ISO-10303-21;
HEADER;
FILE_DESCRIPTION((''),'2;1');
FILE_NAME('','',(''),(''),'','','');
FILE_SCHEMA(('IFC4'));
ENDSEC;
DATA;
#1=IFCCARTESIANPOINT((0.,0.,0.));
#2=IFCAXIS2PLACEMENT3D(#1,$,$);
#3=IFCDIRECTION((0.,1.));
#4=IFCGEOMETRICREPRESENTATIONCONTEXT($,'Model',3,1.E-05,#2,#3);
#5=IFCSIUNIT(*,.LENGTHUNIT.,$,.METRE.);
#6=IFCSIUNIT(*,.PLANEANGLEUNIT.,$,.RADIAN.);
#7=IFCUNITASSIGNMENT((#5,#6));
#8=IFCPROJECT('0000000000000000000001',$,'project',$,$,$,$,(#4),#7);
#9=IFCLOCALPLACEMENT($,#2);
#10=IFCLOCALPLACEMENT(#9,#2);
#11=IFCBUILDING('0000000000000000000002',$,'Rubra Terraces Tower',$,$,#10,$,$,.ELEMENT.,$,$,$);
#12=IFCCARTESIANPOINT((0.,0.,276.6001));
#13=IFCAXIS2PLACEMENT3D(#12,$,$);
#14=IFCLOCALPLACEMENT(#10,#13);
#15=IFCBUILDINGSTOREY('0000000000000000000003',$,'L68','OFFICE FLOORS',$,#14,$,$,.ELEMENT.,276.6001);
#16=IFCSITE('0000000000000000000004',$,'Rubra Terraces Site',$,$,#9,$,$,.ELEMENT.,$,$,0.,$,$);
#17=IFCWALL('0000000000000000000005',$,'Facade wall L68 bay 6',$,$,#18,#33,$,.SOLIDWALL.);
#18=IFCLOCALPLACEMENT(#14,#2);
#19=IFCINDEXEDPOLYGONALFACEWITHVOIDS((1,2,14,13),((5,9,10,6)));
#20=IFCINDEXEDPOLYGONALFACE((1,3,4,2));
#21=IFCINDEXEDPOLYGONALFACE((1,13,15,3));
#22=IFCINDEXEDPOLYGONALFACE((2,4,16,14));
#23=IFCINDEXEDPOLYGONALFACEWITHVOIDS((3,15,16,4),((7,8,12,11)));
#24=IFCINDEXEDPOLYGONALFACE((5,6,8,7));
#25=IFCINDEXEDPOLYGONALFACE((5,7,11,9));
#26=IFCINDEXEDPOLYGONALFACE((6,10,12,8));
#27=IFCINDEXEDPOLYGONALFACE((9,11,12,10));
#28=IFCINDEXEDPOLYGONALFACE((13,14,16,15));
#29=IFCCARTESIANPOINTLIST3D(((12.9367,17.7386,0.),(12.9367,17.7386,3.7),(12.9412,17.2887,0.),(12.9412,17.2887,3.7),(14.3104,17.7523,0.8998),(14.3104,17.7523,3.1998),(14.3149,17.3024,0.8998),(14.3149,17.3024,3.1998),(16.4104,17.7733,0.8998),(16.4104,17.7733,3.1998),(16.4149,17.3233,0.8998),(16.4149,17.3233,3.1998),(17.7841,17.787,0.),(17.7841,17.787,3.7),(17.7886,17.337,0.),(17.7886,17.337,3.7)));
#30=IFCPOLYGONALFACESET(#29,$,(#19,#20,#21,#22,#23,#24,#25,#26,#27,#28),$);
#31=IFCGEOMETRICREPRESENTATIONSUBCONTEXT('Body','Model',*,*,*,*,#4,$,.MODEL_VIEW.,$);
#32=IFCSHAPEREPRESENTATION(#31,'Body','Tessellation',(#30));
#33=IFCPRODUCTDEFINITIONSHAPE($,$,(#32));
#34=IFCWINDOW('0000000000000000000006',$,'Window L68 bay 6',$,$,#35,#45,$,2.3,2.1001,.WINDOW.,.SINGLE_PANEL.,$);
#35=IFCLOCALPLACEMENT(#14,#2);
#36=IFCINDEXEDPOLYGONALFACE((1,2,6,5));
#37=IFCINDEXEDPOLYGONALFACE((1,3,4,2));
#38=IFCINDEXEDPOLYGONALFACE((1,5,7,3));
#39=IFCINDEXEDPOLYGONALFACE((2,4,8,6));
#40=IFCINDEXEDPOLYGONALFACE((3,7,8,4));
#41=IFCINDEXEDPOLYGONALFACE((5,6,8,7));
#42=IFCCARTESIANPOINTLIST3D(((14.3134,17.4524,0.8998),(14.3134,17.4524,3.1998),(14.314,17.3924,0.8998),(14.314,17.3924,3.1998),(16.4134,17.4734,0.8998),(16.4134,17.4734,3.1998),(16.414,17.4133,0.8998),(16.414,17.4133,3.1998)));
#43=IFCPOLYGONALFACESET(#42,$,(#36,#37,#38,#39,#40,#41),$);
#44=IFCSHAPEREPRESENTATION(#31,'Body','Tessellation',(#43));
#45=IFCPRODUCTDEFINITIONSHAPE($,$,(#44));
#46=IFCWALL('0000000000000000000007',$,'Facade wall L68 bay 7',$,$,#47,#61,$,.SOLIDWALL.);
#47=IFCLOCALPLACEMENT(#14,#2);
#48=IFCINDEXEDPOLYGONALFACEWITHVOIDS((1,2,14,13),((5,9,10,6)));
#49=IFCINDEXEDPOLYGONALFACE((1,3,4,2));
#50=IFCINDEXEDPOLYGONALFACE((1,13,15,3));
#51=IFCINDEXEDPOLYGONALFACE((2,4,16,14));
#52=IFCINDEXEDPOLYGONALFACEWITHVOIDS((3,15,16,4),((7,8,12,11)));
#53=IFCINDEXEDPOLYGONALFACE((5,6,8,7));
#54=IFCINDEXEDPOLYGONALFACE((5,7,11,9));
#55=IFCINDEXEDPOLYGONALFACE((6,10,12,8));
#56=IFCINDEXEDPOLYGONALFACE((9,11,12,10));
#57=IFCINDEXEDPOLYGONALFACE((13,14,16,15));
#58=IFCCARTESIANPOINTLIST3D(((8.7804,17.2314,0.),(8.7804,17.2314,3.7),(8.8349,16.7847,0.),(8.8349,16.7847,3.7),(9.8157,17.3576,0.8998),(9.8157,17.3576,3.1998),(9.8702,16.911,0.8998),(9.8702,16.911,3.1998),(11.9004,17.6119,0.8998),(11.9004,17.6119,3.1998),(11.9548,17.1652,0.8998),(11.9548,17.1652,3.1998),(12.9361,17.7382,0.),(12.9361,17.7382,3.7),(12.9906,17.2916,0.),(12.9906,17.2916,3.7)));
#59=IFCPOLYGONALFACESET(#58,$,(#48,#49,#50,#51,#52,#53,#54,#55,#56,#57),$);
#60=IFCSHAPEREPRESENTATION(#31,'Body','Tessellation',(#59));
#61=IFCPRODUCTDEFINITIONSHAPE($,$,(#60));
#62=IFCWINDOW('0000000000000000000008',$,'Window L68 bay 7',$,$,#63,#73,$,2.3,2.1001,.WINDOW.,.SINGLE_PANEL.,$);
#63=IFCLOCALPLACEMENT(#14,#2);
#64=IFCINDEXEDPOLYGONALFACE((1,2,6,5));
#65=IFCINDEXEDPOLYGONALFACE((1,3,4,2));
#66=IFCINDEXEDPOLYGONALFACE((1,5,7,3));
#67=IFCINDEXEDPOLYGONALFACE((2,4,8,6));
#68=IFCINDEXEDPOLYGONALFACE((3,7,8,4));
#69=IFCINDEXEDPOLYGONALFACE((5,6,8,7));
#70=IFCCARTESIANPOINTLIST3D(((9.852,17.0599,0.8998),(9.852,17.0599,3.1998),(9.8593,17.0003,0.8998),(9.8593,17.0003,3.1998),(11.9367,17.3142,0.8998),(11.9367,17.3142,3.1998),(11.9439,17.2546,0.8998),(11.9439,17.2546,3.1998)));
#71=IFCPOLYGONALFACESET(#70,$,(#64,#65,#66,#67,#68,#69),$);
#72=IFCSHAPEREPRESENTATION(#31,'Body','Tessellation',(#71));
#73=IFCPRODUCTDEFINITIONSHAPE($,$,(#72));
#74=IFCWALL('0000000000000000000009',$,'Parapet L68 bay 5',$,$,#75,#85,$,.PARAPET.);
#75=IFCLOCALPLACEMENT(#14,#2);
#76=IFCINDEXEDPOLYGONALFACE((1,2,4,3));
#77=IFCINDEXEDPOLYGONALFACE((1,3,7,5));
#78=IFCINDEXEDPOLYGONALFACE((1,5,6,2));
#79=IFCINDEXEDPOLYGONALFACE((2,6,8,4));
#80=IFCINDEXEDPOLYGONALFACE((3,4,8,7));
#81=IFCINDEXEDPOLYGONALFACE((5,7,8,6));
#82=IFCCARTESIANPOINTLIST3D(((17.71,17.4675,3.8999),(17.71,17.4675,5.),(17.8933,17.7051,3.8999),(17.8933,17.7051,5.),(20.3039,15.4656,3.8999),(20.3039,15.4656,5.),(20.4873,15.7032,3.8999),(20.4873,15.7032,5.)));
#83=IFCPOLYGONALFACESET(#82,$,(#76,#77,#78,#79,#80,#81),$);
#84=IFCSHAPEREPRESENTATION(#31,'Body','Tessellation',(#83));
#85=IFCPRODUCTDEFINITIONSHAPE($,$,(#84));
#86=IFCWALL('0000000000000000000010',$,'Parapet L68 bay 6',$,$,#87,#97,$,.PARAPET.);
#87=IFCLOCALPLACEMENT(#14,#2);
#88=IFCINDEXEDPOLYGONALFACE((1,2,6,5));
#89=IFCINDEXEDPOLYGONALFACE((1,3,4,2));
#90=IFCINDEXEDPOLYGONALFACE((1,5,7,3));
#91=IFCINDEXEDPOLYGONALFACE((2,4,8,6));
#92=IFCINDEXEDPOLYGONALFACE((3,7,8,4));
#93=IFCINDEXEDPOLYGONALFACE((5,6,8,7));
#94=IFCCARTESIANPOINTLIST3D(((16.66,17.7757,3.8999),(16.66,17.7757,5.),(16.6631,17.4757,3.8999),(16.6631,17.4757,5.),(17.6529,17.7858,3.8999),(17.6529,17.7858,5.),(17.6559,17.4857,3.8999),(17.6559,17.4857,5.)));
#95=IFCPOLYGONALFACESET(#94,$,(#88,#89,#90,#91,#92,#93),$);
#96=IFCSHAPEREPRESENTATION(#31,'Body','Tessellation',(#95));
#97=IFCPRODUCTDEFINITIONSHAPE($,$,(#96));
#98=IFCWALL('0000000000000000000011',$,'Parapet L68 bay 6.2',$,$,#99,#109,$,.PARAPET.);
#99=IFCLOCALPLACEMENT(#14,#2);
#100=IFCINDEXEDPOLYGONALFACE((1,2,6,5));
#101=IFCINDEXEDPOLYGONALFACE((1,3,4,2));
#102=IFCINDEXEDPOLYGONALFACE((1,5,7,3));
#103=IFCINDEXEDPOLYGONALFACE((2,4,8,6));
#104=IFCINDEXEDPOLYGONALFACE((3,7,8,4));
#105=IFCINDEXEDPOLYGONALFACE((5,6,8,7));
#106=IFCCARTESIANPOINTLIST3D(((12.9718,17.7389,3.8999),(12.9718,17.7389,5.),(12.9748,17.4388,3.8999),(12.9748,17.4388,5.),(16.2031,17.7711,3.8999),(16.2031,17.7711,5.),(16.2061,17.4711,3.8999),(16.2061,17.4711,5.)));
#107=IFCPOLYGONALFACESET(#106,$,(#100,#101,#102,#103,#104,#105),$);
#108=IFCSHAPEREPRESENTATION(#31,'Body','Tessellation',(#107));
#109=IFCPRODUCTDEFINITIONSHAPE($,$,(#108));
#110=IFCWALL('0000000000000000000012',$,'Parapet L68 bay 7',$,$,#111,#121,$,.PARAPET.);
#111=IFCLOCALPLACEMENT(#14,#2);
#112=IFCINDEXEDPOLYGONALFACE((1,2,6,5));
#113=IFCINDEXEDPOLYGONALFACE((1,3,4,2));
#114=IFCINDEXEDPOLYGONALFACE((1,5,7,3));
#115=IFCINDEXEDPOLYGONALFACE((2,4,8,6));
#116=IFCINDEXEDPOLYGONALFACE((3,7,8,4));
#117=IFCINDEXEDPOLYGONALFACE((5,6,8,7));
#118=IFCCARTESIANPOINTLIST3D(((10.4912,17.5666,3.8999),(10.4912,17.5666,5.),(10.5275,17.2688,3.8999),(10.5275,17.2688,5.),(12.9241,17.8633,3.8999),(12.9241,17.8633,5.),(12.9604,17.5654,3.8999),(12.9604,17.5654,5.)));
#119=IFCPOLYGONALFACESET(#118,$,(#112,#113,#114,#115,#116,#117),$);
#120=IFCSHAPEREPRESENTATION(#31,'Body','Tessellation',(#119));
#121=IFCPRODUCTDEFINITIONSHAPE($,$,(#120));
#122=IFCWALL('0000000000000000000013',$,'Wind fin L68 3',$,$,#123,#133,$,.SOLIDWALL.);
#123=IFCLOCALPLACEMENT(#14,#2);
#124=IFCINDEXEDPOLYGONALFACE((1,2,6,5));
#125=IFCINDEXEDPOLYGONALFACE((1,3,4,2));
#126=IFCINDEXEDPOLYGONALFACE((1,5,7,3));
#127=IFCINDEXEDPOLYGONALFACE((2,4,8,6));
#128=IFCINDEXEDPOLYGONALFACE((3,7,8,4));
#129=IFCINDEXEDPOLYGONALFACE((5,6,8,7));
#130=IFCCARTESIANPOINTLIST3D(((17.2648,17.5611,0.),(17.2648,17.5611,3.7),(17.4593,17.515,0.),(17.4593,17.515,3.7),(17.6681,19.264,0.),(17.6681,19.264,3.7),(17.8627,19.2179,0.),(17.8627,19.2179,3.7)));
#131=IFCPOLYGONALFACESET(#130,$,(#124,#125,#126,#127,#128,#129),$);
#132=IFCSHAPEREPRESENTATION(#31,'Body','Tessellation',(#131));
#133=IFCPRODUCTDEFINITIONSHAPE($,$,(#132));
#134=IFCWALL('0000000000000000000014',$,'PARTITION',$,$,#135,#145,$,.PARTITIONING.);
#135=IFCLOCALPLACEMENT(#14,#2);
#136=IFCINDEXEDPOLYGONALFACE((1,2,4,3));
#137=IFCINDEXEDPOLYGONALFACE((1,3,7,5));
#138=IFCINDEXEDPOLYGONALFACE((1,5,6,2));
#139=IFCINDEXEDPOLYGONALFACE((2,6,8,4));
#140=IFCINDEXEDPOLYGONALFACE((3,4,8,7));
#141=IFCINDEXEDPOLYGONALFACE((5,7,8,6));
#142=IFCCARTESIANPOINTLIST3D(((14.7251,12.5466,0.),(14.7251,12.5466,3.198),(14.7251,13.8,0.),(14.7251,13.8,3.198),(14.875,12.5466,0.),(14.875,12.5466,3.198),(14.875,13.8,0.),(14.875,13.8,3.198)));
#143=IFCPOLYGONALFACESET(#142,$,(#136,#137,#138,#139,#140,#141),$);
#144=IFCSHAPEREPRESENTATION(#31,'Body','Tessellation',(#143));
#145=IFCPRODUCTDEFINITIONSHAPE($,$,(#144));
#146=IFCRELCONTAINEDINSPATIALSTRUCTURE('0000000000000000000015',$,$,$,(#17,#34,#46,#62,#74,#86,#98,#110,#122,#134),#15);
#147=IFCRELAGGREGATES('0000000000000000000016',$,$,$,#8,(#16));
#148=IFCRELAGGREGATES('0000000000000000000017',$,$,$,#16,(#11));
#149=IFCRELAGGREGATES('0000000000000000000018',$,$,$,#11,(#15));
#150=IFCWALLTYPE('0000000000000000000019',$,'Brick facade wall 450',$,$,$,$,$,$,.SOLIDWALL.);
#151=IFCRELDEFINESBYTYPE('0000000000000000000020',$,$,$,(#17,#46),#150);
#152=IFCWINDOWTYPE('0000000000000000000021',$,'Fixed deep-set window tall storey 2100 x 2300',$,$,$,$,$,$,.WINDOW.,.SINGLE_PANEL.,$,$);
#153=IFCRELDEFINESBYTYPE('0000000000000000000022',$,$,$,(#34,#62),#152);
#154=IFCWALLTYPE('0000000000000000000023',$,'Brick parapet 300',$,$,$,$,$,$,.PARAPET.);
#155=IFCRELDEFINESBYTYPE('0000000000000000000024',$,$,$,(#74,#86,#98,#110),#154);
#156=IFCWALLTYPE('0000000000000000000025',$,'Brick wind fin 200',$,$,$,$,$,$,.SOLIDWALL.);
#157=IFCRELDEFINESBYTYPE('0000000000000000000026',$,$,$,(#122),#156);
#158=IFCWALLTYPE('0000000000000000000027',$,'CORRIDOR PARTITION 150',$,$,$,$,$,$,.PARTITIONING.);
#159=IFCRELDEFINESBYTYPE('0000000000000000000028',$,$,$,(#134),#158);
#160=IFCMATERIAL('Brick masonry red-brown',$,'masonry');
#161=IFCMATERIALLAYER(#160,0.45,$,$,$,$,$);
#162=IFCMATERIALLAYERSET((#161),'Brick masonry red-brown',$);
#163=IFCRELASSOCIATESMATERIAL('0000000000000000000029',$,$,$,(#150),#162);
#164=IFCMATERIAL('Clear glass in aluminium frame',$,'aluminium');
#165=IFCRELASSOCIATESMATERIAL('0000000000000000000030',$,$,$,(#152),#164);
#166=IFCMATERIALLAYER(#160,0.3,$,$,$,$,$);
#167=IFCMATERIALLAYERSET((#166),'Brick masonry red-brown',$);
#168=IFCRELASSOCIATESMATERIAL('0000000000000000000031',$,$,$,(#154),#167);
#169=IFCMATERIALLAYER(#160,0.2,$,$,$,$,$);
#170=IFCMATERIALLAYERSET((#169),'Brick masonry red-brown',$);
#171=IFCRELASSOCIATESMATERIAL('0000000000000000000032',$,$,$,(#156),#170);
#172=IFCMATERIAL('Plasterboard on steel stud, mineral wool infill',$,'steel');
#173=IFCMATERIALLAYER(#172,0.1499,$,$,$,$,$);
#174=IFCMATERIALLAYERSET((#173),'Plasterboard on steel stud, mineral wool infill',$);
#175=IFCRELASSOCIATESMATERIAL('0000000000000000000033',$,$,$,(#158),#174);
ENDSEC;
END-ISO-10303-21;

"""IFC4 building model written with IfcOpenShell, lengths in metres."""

from ifc_helpers import new_model, si_unit, direction, frame, frame_2d, origin, place, context, subcontext, project, spatial, rectangle, extrude, material, layer, layer_set, type_object, element, fill, save


model = new_model("IFC4")

# Units and contexts
model_context = context("Model", 3, precision=1e-05, world=origin(), true_north=direction((0.0, 1.0)))
body_context = subcontext(model_context, "Body", "Model", "MODEL_VIEW")
ifc_project = project(units=[si_unit("LENGTHUNIT", "METRE"), si_unit("PLANEANGLEUNIT", "RADIAN")], contexts=[model_context])

# Site, building, storey
site_placement = place(None, origin())
site = spatial("IfcSite", under=ifc_project, at=site_placement, Name="Rubra Terraces Site", CompositionType="ELEMENT", RefElevation=0.0)
building_placement = place(site_placement, origin())
building = spatial("IfcBuilding", under=site, at=building_placement, Name="Rubra Terraces Tower", CompositionType="ELEMENT")
storey_placement = place(building_placement, frame((0.0, 0.0, 276.6001)))
storey = spatial("IfcBuildingStorey", under=building, at=storey_placement, Name="L68", Description="OFFICE FLOORS", CompositionType="ELEMENT", Elevation=276.6001)

# Walls, openings, windows
ifc_material_1 = material(Name="Brick masonry red-brown", Category="masonry")
ifc_layer_1 = layer(ifc_material_1, 0.45)
ifc_layer_set_1 = layer_set([ifc_layer_1], Name="Brick masonry red-brown")
wall_type_1 = type_object("IfcWallType", Name="Brick facade wall 450", PredefinedType="SOLIDWALL", material=ifc_layer_set_1)
ifc_material_2 = material(Name="Clear glass in aluminium frame", Category="aluminium")
window_type = type_object("IfcWindowType", Name="Fixed deep-set window tall storey 2100 x 2300", PartitioningType="SINGLE_PANEL", PredefinedType="WINDOW", material=ifc_material_2)
wall_1_placement = place(storey_placement, frame((17.7864, 17.562, 0.0), z_axis=(0.0, 0.0, 1.0), x_axis=(-0.99995, -0.009972, 0.0)))
wall_1 = element("IfcWall", 1, at=wall_1_placement, inside=storey, type_object=wall_type_1, Name="Facade wall L68 bay 6", PredefinedType="SOLIDWALL", context=body_context, shape_type="SweptSolid", body=[
    extrude(rectangle(XDim=4.8477, YDim=0.45, at=frame_2d((2.4238, 0.0))), origin(), (0.0, 0.0, 1.0), 3.7),
])
opening_1_placement = place(wall_1_placement, frame((1.3738, 0.0, 0.8999)))
opening_1 = element("IfcOpeningElement", 2, at=opening_1_placement, cuts=wall_1, PredefinedType="OPENING", context=body_context, shape_type="SweptSolid", body=[
    extrude(rectangle(XDim=2.1001, YDim=2.3, at=frame_2d((1.05, 1.1499))), frame((0.0, 0.2349, 0.0), z_axis=(0.0, -1.0, 0.0), x_axis=(1.0, 0.0, 0.0)), (0.0, 0.0, 1.0), 0.47),
])
window_1_placement = place(opening_1_placement, origin())
window_1 = element("IfcWindow", 3, at=window_1_placement, inside=storey, type_object=window_type, Name="Window L68 bay 6", OverallHeight=2.3, OverallWidth=2.1001, PartitioningType="SINGLE_PANEL", PredefinedType="WINDOW", context=body_context, shape_type="SweptSolid", body=[
    extrude(rectangle(XDim=2.1001, YDim=2.3, at=frame_2d((1.05, 1.1499))), frame((0.0, 0.135, 0.0), z_axis=(0.0, -1.0, 0.0), x_axis=(1.0, 0.0, 0.0)), (0.0, 0.0, 1.0), 0.0601),
])
fill(opening_1, window_1)
wall_2_placement = place(storey_placement, frame((12.9634, 17.5149, 0.0), z_axis=(0.0, 0.0, 1.0), x_axis=(-0.992645, -0.121063, 0.0)))
wall_2 = element("IfcWall", 4, at=wall_2_placement, inside=storey, type_object=wall_type_1, Name="Facade wall L68 bay 7", PredefinedType="SOLIDWALL", context=body_context, shape_type="SweptSolid", body=[
    extrude(rectangle(XDim=4.1865, YDim=0.45, at=frame_2d((2.0933, 0.0))), origin(), (0.0, 0.0, 1.0), 3.7),
])
opening_2_placement = place(wall_2_placement, frame((1.0435, 0.0, 0.8999)))
opening_2 = element("IfcOpeningElement", 5, at=opening_2_placement, cuts=wall_2, PredefinedType="OPENING", context=body_context, shape_type="SweptSolid", body=[
    extrude(rectangle(XDim=2.1001, YDim=2.3, at=frame_2d((1.05, 1.1499))), frame((0.0, 0.2349, 0.0), z_axis=(0.0, -1.0, 0.0), x_axis=(1.0, 0.0, 0.0)), (0.0, 0.0, 1.0), 0.47),
])
window_2_placement = place(opening_2_placement, origin())
window_2 = element("IfcWindow", 6, at=window_2_placement, inside=storey, type_object=window_type, Name="Window L68 bay 7", OverallHeight=2.3, OverallWidth=2.1001, PartitioningType="SINGLE_PANEL", PredefinedType="WINDOW", context=body_context, shape_type="SweptSolid", body=[
    extrude(rectangle(XDim=2.1001, YDim=2.3, at=frame_2d((1.05, 1.1499))), frame((0.0, 0.135, 0.0), z_axis=(0.0, -1.0, 0.0), x_axis=(1.0, 0.0, 0.0)), (0.0, 0.0, 1.0), 0.0601),
])
fill(opening_2, window_2)

# Walls
ifc_layer_2 = layer(ifc_material_1, 0.3)
ifc_layer_set_2 = layer_set([ifc_layer_2], Name="Brick masonry red-brown")
wall_type_2 = type_object("IfcWallType", Name="Brick parapet 300", PredefinedType="PARAPET", material=ifc_layer_set_2)
wall_3_placement = place(storey_placement, frame((20.3955, 15.5845, 3.8999), z_axis=(0.0, 0.0, 1.0), x_axis=(-0.791654, 0.61097, 0.0)))
element("IfcWall", 7, at=wall_3_placement, inside=storey, type_object=wall_type_2, Name="Parapet L68 bay 5", PredefinedType="PARAPET", context=body_context, shape_type="SweptSolid", body=[
    extrude(rectangle(XDim=3.2766, YDim=0.3, at=frame_2d((1.6382, 0.0))), origin(), (0.0, 0.0, 1.0), 1.1001),
])
wall_4_placement = place(storey_placement, frame((17.6545, 17.6357, 3.8999), z_axis=(0.0, 0.0, 1.0), x_axis=(-0.999949, -0.010081, 0.0)))
element("IfcWall", 8, at=wall_4_placement, inside=storey, type_object=wall_type_2, Name="Parapet L68 bay 6", PredefinedType="PARAPET", context=body_context, shape_type="SweptSolid", body=[
    extrude(rectangle(XDim=0.9929, YDim=0.3, at=frame_2d((0.4966, 0.0))), origin(), (0.0, 0.0, 1.0), 1.1001),
])
wall_5_placement = place(storey_placement, frame((16.2046, 17.6211, 3.8999), z_axis=(0.0, 0.0, 1.0), x_axis=(-0.99995, -0.009973, 0.0)))
element("IfcWall", 9, at=wall_5_placement, inside=storey, type_object=wall_type_2, Name="Parapet L68 bay 6.2", PredefinedType="PARAPET", context=body_context, shape_type="SweptSolid", body=[
    extrude(rectangle(XDim=3.2314, YDim=0.3, at=frame_2d((1.6157, 0.0))), origin(), (0.0, 0.0, 1.0), 1.1001),
])
wall_6_placement = place(storey_placement, frame((12.9424, 17.7144, 3.8999), z_axis=(0.0, 0.0, 1.0), x_axis=(-0.992649, -0.12103, 0.0)))
element("IfcWall", 10, at=wall_6_placement, inside=storey, type_object=wall_type_2, Name="Parapet L68 bay 7", PredefinedType="PARAPET", context=body_context, shape_type="SweptSolid", body=[
    extrude(rectangle(XDim=2.4509, YDim=0.3, at=frame_2d((1.2256, 0.0))), origin(), (0.0, 0.0, 1.0), 1.1001),
])
ifc_layer_3 = layer(ifc_material_1, 0.2)
ifc_layer_set_3 = layer_set([ifc_layer_3], Name="Brick masonry red-brown")
wall_type_3 = type_object("IfcWallType", Name="Brick wind fin 200", PredefinedType="SOLIDWALL", material=ifc_layer_set_3)
wall_7_placement = place(storey_placement, frame((17.3621, 17.5381, 0.0), z_axis=(0.0, 0.0, 1.0), x_axis=(0.23047, 0.973079, 0.0)))
element("IfcWall", 11, at=wall_7_placement, inside=storey, type_object=wall_type_3, Name="Wind fin L68 3", PredefinedType="SOLIDWALL", context=body_context, shape_type="SweptSolid", body=[
    extrude(rectangle(XDim=1.75, YDim=0.2, at=frame_2d((0.875, 0.0))), origin(), (0.0, 0.0, 1.0), 3.7),
])
ifc_material_3 = material(Name="Plasterboard on steel stud, mineral wool infill", Category="steel")
ifc_layer_4 = layer(ifc_material_3, 0.1499)
ifc_layer_set_4 = layer_set([ifc_layer_4], Name="Plasterboard on steel stud, mineral wool infill")
wall_type_4 = type_object("IfcWallType", Name="CORRIDOR PARTITION 150", PredefinedType="PARTITIONING", material=ifc_layer_set_4)
wall_8_placement = place(storey_placement, frame((14.8, 12.5466, 0.0), z_axis=(0.0, 0.0, 1.0), x_axis=(0.0, 1.0, 0.0)))
element("IfcWall", 12, at=wall_8_placement, inside=storey, type_object=wall_type_4, Name="PARTITION", PredefinedType="PARTITIONING", context=body_context, shape_type="SweptSolid", body=[
    extrude(rectangle(XDim=1.2534, YDim=0.1499, at=frame_2d((0.6267, 0.0))), origin(), (0.0, 0.0, 1.0), 3.198),
])

save(model, "model.ifc")
